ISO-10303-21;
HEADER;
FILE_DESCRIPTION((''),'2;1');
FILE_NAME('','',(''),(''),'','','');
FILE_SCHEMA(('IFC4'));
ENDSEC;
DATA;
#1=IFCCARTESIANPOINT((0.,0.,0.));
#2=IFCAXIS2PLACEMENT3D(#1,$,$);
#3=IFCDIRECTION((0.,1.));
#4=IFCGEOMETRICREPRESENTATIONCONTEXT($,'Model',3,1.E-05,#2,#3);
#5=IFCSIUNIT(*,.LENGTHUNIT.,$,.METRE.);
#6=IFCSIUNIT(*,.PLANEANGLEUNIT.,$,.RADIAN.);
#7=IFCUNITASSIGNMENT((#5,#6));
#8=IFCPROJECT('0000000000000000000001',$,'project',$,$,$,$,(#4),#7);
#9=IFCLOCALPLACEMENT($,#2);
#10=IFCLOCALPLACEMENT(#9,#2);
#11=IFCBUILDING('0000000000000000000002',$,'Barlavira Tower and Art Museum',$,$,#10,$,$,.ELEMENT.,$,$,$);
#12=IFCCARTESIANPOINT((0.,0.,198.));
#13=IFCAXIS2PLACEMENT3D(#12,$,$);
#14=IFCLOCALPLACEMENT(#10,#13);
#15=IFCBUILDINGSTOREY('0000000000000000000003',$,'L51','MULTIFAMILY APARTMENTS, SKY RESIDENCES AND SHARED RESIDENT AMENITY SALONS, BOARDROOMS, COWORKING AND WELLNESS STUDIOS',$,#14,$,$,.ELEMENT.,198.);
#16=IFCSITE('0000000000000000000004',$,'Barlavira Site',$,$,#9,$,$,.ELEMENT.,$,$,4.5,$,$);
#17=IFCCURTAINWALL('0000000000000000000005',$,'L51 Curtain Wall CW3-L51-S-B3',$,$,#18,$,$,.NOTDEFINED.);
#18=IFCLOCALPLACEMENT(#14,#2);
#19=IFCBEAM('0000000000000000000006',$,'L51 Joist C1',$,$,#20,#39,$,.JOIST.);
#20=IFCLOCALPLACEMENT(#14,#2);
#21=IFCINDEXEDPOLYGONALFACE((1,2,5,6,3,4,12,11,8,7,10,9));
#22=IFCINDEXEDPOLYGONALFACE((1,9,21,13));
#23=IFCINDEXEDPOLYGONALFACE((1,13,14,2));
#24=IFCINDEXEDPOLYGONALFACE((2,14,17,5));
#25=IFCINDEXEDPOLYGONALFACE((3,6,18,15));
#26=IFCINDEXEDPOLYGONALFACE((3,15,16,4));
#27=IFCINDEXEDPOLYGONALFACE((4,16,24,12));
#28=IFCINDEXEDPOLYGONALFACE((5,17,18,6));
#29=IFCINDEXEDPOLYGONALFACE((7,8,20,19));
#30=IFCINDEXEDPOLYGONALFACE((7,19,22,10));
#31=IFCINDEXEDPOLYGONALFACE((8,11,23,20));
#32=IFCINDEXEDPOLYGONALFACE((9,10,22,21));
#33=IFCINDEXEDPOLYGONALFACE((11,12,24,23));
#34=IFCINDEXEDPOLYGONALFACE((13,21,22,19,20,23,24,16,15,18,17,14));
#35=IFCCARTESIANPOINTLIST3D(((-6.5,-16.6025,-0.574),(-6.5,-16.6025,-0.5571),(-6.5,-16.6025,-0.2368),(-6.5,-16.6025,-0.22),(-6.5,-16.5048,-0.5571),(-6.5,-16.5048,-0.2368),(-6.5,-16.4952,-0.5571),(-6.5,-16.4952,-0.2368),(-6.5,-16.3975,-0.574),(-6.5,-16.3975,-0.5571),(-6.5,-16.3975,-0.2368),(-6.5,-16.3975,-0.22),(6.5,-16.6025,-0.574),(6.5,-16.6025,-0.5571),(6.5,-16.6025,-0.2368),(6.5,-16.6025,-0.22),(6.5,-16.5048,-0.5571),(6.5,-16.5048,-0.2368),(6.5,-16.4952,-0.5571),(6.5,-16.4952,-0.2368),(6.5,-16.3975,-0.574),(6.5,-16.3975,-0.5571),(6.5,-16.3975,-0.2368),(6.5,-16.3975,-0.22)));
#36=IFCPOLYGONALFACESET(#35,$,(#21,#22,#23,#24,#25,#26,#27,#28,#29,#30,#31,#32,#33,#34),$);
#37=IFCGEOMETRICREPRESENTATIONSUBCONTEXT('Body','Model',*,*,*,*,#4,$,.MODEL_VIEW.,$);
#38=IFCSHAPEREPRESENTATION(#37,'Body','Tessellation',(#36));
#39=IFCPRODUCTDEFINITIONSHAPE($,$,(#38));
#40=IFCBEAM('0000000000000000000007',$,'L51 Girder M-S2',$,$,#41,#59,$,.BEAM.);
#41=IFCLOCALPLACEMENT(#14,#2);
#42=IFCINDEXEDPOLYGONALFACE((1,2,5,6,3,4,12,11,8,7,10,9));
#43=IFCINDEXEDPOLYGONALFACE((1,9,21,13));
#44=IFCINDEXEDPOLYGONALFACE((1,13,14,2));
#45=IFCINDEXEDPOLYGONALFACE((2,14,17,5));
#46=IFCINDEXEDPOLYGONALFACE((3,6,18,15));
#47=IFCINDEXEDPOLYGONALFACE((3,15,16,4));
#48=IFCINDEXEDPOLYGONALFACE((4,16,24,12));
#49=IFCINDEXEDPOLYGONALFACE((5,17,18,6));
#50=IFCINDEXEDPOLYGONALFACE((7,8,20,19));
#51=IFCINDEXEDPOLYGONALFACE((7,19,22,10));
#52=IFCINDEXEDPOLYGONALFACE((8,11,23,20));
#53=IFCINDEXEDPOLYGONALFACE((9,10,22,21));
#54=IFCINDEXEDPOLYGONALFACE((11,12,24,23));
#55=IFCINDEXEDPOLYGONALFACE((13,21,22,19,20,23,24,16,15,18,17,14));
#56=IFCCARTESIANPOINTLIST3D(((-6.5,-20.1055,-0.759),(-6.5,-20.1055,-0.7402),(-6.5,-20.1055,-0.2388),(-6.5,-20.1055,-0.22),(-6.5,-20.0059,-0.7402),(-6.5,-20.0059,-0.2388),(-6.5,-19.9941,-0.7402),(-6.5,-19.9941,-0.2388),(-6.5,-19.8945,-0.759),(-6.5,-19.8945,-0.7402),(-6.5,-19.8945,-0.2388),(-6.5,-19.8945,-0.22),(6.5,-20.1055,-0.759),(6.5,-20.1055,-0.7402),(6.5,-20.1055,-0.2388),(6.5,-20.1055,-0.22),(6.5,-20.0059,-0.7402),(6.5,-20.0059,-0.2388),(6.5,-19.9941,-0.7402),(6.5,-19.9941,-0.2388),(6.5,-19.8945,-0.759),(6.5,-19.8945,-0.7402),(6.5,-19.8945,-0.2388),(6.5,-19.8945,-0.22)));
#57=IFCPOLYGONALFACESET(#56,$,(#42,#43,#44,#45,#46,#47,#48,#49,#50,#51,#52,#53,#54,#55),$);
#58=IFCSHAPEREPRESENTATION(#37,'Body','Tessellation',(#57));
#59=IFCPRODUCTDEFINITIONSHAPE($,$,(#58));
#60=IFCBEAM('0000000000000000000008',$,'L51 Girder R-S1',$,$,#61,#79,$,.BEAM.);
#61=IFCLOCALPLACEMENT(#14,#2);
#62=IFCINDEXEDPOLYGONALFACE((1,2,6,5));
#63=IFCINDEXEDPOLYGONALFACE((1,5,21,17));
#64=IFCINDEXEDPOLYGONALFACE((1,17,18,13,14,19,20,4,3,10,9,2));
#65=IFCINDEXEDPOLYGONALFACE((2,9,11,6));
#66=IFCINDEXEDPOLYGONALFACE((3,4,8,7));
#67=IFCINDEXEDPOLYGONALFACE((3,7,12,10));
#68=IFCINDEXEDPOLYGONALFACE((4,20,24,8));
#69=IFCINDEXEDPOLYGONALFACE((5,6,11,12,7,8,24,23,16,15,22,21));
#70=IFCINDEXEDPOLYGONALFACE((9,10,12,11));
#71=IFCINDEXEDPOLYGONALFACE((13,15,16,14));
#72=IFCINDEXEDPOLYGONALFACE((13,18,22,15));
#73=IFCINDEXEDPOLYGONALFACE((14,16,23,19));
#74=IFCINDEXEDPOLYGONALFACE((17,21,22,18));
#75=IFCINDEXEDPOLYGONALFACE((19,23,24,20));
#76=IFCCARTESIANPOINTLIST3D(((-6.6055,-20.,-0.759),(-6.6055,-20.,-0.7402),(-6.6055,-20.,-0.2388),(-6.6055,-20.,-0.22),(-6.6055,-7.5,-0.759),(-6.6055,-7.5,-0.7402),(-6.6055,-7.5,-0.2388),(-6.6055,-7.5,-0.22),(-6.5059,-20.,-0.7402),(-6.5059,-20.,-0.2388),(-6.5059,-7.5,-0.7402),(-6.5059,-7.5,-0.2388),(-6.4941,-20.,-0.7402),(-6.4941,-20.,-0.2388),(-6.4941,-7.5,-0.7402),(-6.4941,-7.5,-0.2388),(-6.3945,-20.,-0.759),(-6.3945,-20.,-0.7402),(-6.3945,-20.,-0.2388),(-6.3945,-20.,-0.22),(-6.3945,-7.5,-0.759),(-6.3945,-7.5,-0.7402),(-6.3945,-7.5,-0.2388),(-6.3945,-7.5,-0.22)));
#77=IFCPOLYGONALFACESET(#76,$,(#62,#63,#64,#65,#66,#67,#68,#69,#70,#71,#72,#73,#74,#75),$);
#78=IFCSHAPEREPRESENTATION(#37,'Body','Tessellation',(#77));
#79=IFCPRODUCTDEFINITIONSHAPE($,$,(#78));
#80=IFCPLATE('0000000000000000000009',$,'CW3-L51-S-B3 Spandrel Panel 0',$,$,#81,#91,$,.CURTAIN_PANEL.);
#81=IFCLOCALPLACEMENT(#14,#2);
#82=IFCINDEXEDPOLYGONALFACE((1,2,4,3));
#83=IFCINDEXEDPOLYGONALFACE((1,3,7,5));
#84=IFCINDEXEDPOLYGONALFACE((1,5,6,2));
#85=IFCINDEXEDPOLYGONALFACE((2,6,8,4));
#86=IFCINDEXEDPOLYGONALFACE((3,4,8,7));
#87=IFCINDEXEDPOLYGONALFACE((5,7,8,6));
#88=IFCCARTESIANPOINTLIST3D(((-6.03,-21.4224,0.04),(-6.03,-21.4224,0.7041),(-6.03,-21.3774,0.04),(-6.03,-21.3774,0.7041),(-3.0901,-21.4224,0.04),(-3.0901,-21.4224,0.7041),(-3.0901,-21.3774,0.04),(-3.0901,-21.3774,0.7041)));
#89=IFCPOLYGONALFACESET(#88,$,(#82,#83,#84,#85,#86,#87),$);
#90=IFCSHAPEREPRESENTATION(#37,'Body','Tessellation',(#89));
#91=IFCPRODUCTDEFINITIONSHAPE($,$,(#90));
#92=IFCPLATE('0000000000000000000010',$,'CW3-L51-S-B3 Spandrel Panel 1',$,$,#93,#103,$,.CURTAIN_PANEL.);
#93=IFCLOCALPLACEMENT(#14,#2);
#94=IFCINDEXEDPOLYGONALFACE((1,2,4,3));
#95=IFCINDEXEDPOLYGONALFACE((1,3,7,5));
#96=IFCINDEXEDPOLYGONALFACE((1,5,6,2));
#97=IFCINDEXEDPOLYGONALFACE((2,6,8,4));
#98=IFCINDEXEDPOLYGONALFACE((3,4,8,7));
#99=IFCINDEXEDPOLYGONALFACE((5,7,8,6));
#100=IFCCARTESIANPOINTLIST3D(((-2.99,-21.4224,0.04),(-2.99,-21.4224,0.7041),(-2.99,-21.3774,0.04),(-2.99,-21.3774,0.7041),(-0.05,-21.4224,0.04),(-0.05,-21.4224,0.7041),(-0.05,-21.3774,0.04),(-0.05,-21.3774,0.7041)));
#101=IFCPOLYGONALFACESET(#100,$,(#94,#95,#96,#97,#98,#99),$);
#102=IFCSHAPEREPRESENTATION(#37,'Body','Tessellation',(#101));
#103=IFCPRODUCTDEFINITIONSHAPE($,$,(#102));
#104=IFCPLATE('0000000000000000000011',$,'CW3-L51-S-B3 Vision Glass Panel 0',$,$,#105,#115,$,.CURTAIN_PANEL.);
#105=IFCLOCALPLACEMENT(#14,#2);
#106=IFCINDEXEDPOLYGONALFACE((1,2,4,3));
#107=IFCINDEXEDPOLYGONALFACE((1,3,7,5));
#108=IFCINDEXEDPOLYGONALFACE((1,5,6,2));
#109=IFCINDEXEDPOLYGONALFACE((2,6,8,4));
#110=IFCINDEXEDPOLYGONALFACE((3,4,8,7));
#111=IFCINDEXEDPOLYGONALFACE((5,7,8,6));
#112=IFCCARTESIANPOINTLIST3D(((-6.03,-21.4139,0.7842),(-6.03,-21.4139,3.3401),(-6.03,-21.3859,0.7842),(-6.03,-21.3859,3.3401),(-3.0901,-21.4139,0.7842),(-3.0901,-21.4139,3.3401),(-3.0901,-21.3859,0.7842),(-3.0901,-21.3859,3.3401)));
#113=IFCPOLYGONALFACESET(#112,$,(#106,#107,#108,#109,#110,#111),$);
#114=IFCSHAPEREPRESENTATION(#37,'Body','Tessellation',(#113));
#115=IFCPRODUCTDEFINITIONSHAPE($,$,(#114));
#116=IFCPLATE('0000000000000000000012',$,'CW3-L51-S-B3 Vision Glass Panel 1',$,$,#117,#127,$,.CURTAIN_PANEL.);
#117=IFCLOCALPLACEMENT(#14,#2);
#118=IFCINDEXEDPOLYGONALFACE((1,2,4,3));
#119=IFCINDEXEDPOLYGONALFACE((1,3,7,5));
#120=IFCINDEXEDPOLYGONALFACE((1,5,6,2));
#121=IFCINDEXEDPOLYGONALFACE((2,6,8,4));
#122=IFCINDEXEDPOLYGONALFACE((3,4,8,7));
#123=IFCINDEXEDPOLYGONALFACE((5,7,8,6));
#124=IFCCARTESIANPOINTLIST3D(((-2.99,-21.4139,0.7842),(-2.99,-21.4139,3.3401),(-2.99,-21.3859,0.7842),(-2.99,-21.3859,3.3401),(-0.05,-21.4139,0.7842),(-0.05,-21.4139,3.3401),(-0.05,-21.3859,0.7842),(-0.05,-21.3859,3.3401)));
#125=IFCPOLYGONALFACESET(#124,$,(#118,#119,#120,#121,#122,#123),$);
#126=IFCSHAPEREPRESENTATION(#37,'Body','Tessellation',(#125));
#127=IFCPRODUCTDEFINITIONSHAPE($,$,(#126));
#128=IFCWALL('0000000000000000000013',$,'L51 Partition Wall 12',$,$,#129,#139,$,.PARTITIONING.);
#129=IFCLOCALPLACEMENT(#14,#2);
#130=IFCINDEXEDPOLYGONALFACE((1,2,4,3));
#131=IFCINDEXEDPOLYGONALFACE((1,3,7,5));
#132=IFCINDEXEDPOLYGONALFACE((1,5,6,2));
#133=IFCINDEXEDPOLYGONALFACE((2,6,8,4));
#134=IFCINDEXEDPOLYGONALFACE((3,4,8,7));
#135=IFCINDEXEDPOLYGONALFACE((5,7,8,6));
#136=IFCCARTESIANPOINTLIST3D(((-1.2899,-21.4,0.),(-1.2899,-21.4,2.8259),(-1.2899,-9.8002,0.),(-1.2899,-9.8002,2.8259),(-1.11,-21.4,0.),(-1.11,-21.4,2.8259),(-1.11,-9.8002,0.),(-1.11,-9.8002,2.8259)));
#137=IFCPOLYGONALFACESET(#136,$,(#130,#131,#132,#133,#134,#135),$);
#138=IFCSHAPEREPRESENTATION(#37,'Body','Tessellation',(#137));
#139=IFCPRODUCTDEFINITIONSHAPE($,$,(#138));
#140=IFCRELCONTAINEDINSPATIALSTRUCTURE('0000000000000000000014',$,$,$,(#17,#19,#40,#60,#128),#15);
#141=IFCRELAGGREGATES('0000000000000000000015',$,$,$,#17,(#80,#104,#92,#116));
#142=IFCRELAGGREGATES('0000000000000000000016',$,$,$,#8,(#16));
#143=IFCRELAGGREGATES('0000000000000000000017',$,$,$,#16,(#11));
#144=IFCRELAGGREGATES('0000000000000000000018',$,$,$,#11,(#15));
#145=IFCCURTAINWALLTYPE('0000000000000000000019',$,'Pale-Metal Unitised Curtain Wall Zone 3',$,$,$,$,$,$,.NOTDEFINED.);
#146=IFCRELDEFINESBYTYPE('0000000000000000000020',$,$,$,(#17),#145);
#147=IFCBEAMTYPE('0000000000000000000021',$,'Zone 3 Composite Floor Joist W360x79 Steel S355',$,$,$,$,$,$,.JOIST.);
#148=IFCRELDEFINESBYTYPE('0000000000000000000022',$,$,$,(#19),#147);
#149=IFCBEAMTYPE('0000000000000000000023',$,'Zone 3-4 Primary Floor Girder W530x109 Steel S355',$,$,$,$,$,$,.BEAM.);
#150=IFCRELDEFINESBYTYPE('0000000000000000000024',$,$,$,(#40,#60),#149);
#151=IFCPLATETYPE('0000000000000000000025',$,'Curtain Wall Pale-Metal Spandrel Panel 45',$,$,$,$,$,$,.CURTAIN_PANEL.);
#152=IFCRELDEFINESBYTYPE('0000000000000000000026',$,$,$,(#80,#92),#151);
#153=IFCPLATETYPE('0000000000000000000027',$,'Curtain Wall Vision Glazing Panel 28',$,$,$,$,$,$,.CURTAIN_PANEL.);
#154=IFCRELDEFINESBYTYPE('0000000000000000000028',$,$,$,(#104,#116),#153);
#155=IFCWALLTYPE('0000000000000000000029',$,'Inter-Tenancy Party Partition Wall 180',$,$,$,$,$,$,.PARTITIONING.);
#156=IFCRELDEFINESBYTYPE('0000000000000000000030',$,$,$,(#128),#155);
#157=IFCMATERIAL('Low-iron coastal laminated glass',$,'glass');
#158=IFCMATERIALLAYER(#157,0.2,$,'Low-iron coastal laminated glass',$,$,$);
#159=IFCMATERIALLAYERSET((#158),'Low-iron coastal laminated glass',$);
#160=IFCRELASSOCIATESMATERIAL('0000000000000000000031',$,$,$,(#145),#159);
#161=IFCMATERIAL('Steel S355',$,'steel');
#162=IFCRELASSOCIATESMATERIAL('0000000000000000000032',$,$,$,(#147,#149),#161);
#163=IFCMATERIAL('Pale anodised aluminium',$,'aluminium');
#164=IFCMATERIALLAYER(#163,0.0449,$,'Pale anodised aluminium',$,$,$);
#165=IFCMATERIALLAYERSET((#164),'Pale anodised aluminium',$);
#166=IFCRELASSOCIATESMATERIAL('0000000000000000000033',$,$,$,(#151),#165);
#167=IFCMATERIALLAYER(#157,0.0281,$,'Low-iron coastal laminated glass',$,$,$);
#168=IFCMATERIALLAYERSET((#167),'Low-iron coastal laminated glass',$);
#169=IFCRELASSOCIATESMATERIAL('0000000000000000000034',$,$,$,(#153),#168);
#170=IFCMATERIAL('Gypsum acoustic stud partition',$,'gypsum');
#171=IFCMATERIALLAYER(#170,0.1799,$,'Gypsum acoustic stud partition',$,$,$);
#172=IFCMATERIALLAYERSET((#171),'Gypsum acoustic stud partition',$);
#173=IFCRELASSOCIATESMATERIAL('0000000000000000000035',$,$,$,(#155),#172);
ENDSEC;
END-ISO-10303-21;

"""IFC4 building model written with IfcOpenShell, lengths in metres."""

from ifc_helpers import new_model, si_unit, direction, frame, frame_2d, origin, origin_2d, place, context, subcontext, project, spatial, rectangle, i_section, extrude, material, layer, layer_set, material_profile, profile_set, type_object, element, aggregate, save


model = new_model("IFC4")

# Units and contexts
model_context = context("Model", 3, precision=1e-05, world=origin(), true_north=direction((0.0, 1.0)))
body_context = subcontext(model_context, "Body", "Model", "MODEL_VIEW")
ifc_project = project(units=[si_unit("LENGTHUNIT", "METRE"), si_unit("PLANEANGLEUNIT", "RADIAN")], contexts=[model_context])

# Site, building, storey
site_placement = place(None, origin())
site = spatial("IfcSite", under=ifc_project, at=site_placement, Name="Barlavira Site", CompositionType="ELEMENT", RefElevation=4.5)
building_placement = place(site_placement, origin())
building = spatial("IfcBuilding", under=site, at=building_placement, Name="Barlavira Tower and Art Museum", CompositionType="ELEMENT")
storey_placement = place(building_placement, frame((0.0, 0.0, 198.0)))
storey = spatial("IfcBuildingStorey", under=building, at=storey_placement, Name="L51", Description="MULTIFAMILY APARTMENTS, SKY RESIDENCES AND SHARED RESIDENT AMENITY SALONS, BOARDROOMS, COWORKING AND WELLNESS STUDIOS", CompositionType="ELEMENT", Elevation=198.0)

# Curtain wall
ifc_material_1 = material(Name="Low-iron coastal laminated glass", Category="glass")
ifc_layer_1 = layer(ifc_material_1, 0.2, Name="Low-iron coastal laminated glass")
ifc_layer_set_1 = layer_set([ifc_layer_1], Name="Low-iron coastal laminated glass")
curtain_wall_type = type_object("IfcCurtainWallType", Name="Pale-Metal Unitised Curtain Wall Zone 3", PredefinedType="NOTDEFINED", material=ifc_layer_set_1)
curtain_wall_placement = place(storey_placement, origin())
curtain_wall = element("IfcCurtainWall", 1, at=curtain_wall_placement, inside=storey, type_object=curtain_wall_type, Name="L51 Curtain Wall CW3-L51-S-B3", PredefinedType="NOTDEFINED")
ifc_material_2 = material(Name="Pale anodised aluminium", Category="aluminium")

# Shared definitions
ifc_material_3 = material(Name="Steel S355", Category="steel")

# Beams
ifc_material_profile_1 = material_profile(ifc_material_3, i_section(OverallWidth=0.2051, OverallDepth=0.354, WebThickness=0.0095, FlangeThickness=0.0168, at=origin_2d()), Name="W360x79.0")
ifc_profile_set_1 = profile_set([ifc_material_profile_1], Name="Steel S355")
beam_type_1 = type_object("IfcBeamType", Name="Zone 3 Composite Floor Joist W360x79 Steel S355", PredefinedType="JOIST", material=ifc_profile_set_1)
beam_1_placement = place(storey_placement, frame((-6.5, -16.5, -0.397), z_axis=(1.0, 0.0, 0.0), x_axis=(0.0, 1.0, 0.0)))
element("IfcBeam", 2, at=beam_1_placement, inside=storey, type_object=beam_type_1, Name="L51 Joist C1", PredefinedType="JOIST", context=body_context, shape_type="SweptSolid", body=[
    extrude(i_section(OverallWidth=0.2051, OverallDepth=0.354, WebThickness=0.0095, FlangeThickness=0.0168, at=origin_2d()), origin(), (0.0, 0.0, 1.0), 13.0),
])
ifc_material_profile_2 = material_profile(ifc_material_3, i_section(OverallWidth=0.2109, OverallDepth=0.5391, WebThickness=0.0117, FlangeThickness=0.0188, at=origin_2d()), Name="W530x109.0")
ifc_profile_set_2 = profile_set([ifc_material_profile_2], Name="Steel S355")
beam_type_2 = type_object("IfcBeamType", Name="Zone 3-4 Primary Floor Girder W530x109 Steel S355", PredefinedType="BEAM", material=ifc_profile_set_2)
beam_2_placement = place(storey_placement, frame((-6.5, -20.0, -0.4895), z_axis=(1.0, 0.0, 0.0), x_axis=(0.0, 1.0, 0.0)))
element("IfcBeam", 3, at=beam_2_placement, inside=storey, type_object=beam_type_2, Name="L51 Girder M-S2", PredefinedType="BEAM", context=body_context, shape_type="SweptSolid", body=[
    extrude(i_section(OverallWidth=0.2109, OverallDepth=0.5391, WebThickness=0.0117, FlangeThickness=0.0188, at=origin_2d()), origin(), (0.0, 0.0, 1.0), 13.0),
])
beam_3_placement = place(storey_placement, frame((-6.5, -20.0, -0.4895), z_axis=(0.0, 1.0, 0.0), x_axis=(-1.0, 0.0, 0.0)))
element("IfcBeam", 4, at=beam_3_placement, inside=storey, type_object=beam_type_2, Name="L51 Girder R-S1", PredefinedType="BEAM", context=body_context, shape_type="SweptSolid", body=[
    extrude(i_section(OverallWidth=0.2109, OverallDepth=0.5391, WebThickness=0.0117, FlangeThickness=0.0188, at=origin_2d()), origin(), (0.0, 0.0, 1.0), 12.5),
])

# Plates
ifc_layer_2 = layer(ifc_material_2, 0.0449, Name="Pale anodised aluminium")
ifc_layer_set_2 = layer_set([ifc_layer_2], Name="Pale anodised aluminium")
plate_type_1 = type_object("IfcPlateType", Name="Curtain Wall Pale-Metal Spandrel Panel 45", PredefinedType="CURTAIN_PANEL", material=ifc_layer_set_2)
plate_1_placement = place(storey_placement, frame((-4.5601, -21.3999, 0.04), z_axis=(0.0, 0.0, 1.0), x_axis=(1.0, 0.0, 0.0)))
plate_1 = element("IfcPlate", 5, at=plate_1_placement, type_object=plate_type_1, Name="CW3-L51-S-B3 Spandrel Panel 0", PredefinedType="CURTAIN_PANEL", context=body_context, shape_type="SweptSolid", body=[
    extrude(rectangle(XDim=2.9399, YDim=0.0449, at=origin_2d()), origin(), (0.0, 0.0, 1.0), 0.6641),
])
plate_2_placement = place(storey_placement, frame((-1.52, -21.3999, 0.04), z_axis=(0.0, 0.0, 1.0), x_axis=(1.0, 0.0, 0.0)))
plate_2 = element("IfcPlate", 6, at=plate_2_placement, type_object=plate_type_1, Name="CW3-L51-S-B3 Spandrel Panel 1", PredefinedType="CURTAIN_PANEL", context=body_context, shape_type="SweptSolid", body=[
    extrude(rectangle(XDim=2.9399, YDim=0.0449, at=origin_2d()), origin(), (0.0, 0.0, 1.0), 0.6641),
])
ifc_layer_3 = layer(ifc_material_1, 0.0281, Name="Low-iron coastal laminated glass")
ifc_layer_set_3 = layer_set([ifc_layer_3], Name="Low-iron coastal laminated glass")
plate_type_2 = type_object("IfcPlateType", Name="Curtain Wall Vision Glazing Panel 28", PredefinedType="CURTAIN_PANEL", material=ifc_layer_set_3)
plate_3_placement = place(storey_placement, frame((-4.5601, -21.3999, 0.7842), z_axis=(0.0, 0.0, 1.0), x_axis=(1.0, 0.0, 0.0)))
plate_3 = element("IfcPlate", 7, at=plate_3_placement, type_object=plate_type_2, Name="CW3-L51-S-B3 Vision Glass Panel 0", PredefinedType="CURTAIN_PANEL", context=body_context, shape_type="SweptSolid", body=[
    extrude(rectangle(XDim=2.9399, YDim=0.0281, at=origin_2d()), origin(), (0.0, 0.0, 1.0), 2.5559),
])
plate_4_placement = place(storey_placement, frame((-1.52, -21.3999, 0.7842), z_axis=(0.0, 0.0, 1.0), x_axis=(1.0, 0.0, 0.0)))
plate_4 = element("IfcPlate", 8, at=plate_4_placement, type_object=plate_type_2, Name="CW3-L51-S-B3 Vision Glass Panel 1", PredefinedType="CURTAIN_PANEL", context=body_context, shape_type="SweptSolid", body=[
    extrude(rectangle(XDim=2.9399, YDim=0.0281, at=origin_2d()), origin(), (0.0, 0.0, 1.0), 2.5559),
])
aggregate(curtain_wall, [plate_1, plate_3, plate_2, plate_4])

# Wall
ifc_material_4 = material(Name="Gypsum acoustic stud partition", Category="gypsum")
ifc_layer_4 = layer(ifc_material_4, 0.1799, Name="Gypsum acoustic stud partition")
ifc_layer_set_4 = layer_set([ifc_layer_4], Name="Gypsum acoustic stud partition")
wall_type_1 = type_object("IfcWallType", Name="Inter-Tenancy Party Partition Wall 180", PredefinedType="PARTITIONING", material=ifc_layer_set_4)
wall_1_placement = place(storey_placement, frame((-1.2, -21.3999, 0.0), z_axis=(0.0, 0.0, 1.0), x_axis=(0.0, 1.0, 0.0)))
element("IfcWall", 9, at=wall_1_placement, inside=storey, type_object=wall_type_1, Name="L51 Partition Wall 12", PredefinedType="PARTITIONING", context=body_context, shape_type="SweptSolid", body=[
    extrude(rectangle(XDim=11.5999, YDim=0.1799, at=frame_2d((5.7998, 0.0))), origin(), (0.0, 0.0, 1.0), 2.8259),
])

save(model, "model.ifc")
